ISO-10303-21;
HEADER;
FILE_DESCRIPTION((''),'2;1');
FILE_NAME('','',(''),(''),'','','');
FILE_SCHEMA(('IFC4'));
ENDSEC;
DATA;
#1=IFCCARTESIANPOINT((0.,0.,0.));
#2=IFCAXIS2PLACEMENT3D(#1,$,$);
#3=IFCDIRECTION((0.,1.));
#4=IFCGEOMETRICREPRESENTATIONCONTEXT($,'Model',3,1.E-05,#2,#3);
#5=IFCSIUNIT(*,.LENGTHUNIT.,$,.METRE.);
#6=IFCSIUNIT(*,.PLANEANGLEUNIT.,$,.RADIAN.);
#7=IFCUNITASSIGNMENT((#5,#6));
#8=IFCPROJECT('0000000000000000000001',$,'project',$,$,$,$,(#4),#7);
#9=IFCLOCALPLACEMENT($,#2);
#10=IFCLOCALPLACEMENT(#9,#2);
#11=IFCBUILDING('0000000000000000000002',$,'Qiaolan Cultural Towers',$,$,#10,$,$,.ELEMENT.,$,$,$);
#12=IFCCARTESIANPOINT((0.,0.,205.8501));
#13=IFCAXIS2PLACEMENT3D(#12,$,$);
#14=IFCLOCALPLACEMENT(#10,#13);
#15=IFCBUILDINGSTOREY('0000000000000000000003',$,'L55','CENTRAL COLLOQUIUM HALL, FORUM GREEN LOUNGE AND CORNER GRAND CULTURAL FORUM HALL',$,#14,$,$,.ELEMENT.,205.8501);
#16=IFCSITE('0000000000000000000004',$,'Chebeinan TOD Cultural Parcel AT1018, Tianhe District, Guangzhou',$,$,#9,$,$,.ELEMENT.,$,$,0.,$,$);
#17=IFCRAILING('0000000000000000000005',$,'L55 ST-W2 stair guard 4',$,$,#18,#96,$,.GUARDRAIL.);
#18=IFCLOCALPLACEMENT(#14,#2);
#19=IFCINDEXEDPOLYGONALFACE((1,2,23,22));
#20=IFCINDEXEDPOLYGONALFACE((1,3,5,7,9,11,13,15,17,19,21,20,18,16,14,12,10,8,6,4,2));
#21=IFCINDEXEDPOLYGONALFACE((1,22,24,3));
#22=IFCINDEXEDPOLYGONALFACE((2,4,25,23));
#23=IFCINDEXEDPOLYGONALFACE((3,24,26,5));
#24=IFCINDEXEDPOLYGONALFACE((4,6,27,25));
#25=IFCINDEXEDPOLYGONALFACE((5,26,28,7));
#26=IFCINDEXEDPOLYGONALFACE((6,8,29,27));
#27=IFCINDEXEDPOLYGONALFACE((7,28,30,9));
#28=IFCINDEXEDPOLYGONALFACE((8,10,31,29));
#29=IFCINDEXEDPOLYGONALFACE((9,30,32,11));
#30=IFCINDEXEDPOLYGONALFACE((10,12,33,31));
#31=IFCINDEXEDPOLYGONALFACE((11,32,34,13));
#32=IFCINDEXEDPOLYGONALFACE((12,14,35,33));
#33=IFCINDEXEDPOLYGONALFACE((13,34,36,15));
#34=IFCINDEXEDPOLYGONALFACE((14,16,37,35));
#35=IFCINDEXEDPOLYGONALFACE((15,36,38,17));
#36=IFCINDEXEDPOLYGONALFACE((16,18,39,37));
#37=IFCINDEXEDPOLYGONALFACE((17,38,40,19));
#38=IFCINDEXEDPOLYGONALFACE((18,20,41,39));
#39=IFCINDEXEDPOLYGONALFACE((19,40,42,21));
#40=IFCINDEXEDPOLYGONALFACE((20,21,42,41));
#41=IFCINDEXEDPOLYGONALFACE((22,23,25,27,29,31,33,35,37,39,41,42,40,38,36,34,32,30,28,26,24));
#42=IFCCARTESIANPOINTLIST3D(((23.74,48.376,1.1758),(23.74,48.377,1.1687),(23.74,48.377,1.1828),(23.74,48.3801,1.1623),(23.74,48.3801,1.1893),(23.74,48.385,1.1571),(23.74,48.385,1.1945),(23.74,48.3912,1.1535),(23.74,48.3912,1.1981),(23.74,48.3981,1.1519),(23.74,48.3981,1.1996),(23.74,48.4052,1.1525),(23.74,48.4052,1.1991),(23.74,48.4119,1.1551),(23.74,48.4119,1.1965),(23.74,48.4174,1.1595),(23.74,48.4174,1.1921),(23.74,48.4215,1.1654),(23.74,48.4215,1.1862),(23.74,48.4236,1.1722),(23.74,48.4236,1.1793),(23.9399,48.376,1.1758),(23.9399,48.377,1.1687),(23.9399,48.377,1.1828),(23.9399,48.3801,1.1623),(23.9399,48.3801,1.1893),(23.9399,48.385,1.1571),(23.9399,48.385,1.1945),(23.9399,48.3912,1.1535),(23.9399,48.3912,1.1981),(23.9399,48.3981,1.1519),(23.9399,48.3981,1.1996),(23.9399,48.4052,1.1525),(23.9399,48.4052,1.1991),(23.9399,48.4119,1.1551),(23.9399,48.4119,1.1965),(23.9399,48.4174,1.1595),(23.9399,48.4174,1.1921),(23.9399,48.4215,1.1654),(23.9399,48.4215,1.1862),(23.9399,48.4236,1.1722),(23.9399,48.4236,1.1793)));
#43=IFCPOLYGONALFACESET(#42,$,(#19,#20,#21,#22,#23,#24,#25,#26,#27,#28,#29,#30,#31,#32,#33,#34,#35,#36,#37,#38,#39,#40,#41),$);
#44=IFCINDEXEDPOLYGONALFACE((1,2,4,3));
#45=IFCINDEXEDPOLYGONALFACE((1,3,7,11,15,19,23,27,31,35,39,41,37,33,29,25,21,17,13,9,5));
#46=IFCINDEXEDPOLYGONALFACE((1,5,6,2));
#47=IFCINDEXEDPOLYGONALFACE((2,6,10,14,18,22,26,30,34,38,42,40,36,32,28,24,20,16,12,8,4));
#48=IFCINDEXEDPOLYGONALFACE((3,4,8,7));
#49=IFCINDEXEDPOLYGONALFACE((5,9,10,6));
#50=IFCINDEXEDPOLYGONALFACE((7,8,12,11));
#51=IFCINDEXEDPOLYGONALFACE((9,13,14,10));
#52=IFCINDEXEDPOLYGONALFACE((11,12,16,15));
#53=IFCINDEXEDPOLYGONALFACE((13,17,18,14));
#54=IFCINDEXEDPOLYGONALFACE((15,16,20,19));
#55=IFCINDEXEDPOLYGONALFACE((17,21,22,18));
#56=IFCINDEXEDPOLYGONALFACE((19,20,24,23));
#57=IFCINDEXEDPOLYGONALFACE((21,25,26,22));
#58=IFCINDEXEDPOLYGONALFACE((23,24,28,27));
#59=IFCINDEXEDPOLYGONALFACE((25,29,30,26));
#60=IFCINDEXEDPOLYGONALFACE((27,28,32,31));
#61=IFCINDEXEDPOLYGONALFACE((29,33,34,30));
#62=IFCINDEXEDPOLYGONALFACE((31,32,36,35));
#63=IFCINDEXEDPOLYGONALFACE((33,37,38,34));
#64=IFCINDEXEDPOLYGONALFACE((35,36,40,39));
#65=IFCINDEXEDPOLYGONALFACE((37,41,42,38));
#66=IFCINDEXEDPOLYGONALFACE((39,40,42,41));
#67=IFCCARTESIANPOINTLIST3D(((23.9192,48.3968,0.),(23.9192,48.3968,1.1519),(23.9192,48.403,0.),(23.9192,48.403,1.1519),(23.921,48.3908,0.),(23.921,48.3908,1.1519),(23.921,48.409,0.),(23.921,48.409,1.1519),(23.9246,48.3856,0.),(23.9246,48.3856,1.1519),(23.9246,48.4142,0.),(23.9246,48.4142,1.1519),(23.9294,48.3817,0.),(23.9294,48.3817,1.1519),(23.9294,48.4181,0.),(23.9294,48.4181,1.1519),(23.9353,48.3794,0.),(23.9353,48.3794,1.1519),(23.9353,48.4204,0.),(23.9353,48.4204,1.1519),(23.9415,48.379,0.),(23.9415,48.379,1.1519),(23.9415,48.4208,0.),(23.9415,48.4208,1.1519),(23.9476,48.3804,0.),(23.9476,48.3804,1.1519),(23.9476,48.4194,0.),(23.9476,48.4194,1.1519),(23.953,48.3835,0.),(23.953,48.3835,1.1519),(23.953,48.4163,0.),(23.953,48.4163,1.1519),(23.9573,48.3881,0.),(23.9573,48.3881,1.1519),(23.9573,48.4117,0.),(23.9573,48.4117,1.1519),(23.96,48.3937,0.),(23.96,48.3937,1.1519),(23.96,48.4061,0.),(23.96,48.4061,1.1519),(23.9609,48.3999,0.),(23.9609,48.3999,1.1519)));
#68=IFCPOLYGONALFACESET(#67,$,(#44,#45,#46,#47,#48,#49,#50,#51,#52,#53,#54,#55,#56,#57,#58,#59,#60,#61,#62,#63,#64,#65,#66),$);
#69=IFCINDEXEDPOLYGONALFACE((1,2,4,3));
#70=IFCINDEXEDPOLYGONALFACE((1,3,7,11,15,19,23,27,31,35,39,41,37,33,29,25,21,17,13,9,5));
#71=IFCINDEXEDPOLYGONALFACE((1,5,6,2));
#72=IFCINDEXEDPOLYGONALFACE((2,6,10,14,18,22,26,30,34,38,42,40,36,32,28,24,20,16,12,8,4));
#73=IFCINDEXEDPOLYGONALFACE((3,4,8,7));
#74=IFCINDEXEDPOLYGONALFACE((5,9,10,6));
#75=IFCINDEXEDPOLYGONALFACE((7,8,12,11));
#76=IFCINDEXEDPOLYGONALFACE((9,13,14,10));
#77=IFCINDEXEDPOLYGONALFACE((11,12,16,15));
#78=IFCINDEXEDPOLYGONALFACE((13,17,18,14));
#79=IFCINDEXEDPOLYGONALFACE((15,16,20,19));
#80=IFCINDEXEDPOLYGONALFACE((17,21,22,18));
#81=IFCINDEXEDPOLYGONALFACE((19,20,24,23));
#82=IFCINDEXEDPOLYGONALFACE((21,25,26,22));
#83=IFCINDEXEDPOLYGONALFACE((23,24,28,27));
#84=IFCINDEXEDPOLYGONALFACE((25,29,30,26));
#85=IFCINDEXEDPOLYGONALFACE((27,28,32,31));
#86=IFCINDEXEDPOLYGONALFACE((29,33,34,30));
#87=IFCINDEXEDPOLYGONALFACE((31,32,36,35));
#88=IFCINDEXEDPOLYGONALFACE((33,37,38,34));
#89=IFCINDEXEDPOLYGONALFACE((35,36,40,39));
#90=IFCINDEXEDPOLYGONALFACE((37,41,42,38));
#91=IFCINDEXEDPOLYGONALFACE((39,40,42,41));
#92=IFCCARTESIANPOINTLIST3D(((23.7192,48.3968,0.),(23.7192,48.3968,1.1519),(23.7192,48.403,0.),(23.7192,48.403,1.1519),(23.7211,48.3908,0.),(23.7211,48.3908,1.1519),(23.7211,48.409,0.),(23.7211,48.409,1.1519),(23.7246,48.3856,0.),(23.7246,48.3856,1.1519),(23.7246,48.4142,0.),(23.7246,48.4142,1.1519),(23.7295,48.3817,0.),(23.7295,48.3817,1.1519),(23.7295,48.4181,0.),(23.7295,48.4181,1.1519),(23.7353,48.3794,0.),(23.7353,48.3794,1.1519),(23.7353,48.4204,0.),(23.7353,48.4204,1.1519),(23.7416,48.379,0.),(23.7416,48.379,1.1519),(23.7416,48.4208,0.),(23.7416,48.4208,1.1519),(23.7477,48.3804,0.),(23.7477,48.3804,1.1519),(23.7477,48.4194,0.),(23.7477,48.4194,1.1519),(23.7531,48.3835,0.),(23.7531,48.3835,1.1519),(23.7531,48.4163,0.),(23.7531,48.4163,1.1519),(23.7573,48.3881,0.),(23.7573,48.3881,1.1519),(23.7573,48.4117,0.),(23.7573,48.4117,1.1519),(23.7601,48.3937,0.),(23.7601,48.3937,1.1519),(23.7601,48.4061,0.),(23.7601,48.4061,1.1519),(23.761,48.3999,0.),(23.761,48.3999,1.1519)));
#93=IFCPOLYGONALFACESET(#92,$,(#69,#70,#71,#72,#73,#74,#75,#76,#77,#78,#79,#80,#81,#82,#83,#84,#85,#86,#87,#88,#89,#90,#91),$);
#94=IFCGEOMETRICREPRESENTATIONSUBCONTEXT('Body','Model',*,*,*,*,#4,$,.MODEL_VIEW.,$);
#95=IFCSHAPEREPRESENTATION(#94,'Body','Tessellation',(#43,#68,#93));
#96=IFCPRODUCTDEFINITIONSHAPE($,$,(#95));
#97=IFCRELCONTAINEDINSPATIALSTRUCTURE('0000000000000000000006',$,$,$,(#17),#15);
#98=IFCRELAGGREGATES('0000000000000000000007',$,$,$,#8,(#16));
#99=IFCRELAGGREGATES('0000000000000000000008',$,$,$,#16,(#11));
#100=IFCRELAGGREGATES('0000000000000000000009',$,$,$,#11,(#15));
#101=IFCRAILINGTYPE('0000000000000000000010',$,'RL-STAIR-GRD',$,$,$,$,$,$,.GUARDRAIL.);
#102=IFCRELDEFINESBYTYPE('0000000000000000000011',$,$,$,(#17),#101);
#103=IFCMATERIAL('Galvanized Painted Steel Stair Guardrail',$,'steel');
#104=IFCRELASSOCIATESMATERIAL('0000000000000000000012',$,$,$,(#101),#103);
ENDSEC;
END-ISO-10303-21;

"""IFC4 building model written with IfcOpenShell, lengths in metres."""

from ifc_helpers import new_model, si_unit, direction, frame, origin, origin_2d, place, context, subcontext, project, spatial, circle, extrude, material, type_object, element, save


model = new_model("IFC4")

# Units and contexts
model_context = context("Model", 3, precision=1e-05, world=origin(), true_north=direction((0.0, 1.0)))
body_context = subcontext(model_context, "Body", "Model", "MODEL_VIEW")
ifc_project = project(units=[si_unit("LENGTHUNIT", "METRE"), si_unit("PLANEANGLEUNIT", "RADIAN")], contexts=[model_context])

# Site, building, storey
site_placement = place(None, origin())
site = spatial("IfcSite", under=ifc_project, at=site_placement, Name="Chebeinan TOD Cultural Parcel AT1018, Tianhe District, Guangzhou", CompositionType="ELEMENT", RefElevation=0.0)
building_placement = place(site_placement, origin())
building = spatial("IfcBuilding", under=site, at=building_placement, Name="Qiaolan Cultural Towers", CompositionType="ELEMENT")
storey_placement = place(building_placement, frame((0.0, 0.0, 205.8501)))
storey = spatial("IfcBuildingStorey", under=building, at=storey_placement, Name="L55", Description="CENTRAL COLLOQUIUM HALL, FORUM GREEN LOUNGE AND CORNER GRAND CULTURAL FORUM HALL", CompositionType="ELEMENT", Elevation=205.8501)

# Railing
ifc_material_1 = material(Name="Galvanized Painted Steel Stair Guardrail", Category="steel")
railing_type_1 = type_object("IfcRailingType", Name="RL-STAIR-GRD", PredefinedType="GUARDRAIL", material=ifc_material_1)
railing_1_placement = place(storey_placement, frame((23.9399, 48.3999, 0.0)))
element("IfcRailing", 1, at=railing_1_placement, inside=storey, type_object=railing_type_1, Name="L55 ST-W2 stair guard 4", PredefinedType="GUARDRAIL", context=body_context, shape_type="SweptSolid", body=[
    extrude(circle(Radius=0.0239, at=origin_2d()), frame((0.0, 0.0, 1.1758), z_axis=(-1.0, 0.0, 0.0), x_axis=(0.0, -1.0, 0.0)), (0.0, 0.0, 1.0), 0.2),
    extrude(circle(Radius=0.021, at=origin_2d()), origin(), (0.0, 0.0, 1.0), 1.1519),
    extrude(circle(Radius=0.021, at=origin_2d()), frame((-0.2, 0.0, 0.0)), (0.0, 0.0, 1.0), 1.1519),
])

save(model, "model.ifc")
